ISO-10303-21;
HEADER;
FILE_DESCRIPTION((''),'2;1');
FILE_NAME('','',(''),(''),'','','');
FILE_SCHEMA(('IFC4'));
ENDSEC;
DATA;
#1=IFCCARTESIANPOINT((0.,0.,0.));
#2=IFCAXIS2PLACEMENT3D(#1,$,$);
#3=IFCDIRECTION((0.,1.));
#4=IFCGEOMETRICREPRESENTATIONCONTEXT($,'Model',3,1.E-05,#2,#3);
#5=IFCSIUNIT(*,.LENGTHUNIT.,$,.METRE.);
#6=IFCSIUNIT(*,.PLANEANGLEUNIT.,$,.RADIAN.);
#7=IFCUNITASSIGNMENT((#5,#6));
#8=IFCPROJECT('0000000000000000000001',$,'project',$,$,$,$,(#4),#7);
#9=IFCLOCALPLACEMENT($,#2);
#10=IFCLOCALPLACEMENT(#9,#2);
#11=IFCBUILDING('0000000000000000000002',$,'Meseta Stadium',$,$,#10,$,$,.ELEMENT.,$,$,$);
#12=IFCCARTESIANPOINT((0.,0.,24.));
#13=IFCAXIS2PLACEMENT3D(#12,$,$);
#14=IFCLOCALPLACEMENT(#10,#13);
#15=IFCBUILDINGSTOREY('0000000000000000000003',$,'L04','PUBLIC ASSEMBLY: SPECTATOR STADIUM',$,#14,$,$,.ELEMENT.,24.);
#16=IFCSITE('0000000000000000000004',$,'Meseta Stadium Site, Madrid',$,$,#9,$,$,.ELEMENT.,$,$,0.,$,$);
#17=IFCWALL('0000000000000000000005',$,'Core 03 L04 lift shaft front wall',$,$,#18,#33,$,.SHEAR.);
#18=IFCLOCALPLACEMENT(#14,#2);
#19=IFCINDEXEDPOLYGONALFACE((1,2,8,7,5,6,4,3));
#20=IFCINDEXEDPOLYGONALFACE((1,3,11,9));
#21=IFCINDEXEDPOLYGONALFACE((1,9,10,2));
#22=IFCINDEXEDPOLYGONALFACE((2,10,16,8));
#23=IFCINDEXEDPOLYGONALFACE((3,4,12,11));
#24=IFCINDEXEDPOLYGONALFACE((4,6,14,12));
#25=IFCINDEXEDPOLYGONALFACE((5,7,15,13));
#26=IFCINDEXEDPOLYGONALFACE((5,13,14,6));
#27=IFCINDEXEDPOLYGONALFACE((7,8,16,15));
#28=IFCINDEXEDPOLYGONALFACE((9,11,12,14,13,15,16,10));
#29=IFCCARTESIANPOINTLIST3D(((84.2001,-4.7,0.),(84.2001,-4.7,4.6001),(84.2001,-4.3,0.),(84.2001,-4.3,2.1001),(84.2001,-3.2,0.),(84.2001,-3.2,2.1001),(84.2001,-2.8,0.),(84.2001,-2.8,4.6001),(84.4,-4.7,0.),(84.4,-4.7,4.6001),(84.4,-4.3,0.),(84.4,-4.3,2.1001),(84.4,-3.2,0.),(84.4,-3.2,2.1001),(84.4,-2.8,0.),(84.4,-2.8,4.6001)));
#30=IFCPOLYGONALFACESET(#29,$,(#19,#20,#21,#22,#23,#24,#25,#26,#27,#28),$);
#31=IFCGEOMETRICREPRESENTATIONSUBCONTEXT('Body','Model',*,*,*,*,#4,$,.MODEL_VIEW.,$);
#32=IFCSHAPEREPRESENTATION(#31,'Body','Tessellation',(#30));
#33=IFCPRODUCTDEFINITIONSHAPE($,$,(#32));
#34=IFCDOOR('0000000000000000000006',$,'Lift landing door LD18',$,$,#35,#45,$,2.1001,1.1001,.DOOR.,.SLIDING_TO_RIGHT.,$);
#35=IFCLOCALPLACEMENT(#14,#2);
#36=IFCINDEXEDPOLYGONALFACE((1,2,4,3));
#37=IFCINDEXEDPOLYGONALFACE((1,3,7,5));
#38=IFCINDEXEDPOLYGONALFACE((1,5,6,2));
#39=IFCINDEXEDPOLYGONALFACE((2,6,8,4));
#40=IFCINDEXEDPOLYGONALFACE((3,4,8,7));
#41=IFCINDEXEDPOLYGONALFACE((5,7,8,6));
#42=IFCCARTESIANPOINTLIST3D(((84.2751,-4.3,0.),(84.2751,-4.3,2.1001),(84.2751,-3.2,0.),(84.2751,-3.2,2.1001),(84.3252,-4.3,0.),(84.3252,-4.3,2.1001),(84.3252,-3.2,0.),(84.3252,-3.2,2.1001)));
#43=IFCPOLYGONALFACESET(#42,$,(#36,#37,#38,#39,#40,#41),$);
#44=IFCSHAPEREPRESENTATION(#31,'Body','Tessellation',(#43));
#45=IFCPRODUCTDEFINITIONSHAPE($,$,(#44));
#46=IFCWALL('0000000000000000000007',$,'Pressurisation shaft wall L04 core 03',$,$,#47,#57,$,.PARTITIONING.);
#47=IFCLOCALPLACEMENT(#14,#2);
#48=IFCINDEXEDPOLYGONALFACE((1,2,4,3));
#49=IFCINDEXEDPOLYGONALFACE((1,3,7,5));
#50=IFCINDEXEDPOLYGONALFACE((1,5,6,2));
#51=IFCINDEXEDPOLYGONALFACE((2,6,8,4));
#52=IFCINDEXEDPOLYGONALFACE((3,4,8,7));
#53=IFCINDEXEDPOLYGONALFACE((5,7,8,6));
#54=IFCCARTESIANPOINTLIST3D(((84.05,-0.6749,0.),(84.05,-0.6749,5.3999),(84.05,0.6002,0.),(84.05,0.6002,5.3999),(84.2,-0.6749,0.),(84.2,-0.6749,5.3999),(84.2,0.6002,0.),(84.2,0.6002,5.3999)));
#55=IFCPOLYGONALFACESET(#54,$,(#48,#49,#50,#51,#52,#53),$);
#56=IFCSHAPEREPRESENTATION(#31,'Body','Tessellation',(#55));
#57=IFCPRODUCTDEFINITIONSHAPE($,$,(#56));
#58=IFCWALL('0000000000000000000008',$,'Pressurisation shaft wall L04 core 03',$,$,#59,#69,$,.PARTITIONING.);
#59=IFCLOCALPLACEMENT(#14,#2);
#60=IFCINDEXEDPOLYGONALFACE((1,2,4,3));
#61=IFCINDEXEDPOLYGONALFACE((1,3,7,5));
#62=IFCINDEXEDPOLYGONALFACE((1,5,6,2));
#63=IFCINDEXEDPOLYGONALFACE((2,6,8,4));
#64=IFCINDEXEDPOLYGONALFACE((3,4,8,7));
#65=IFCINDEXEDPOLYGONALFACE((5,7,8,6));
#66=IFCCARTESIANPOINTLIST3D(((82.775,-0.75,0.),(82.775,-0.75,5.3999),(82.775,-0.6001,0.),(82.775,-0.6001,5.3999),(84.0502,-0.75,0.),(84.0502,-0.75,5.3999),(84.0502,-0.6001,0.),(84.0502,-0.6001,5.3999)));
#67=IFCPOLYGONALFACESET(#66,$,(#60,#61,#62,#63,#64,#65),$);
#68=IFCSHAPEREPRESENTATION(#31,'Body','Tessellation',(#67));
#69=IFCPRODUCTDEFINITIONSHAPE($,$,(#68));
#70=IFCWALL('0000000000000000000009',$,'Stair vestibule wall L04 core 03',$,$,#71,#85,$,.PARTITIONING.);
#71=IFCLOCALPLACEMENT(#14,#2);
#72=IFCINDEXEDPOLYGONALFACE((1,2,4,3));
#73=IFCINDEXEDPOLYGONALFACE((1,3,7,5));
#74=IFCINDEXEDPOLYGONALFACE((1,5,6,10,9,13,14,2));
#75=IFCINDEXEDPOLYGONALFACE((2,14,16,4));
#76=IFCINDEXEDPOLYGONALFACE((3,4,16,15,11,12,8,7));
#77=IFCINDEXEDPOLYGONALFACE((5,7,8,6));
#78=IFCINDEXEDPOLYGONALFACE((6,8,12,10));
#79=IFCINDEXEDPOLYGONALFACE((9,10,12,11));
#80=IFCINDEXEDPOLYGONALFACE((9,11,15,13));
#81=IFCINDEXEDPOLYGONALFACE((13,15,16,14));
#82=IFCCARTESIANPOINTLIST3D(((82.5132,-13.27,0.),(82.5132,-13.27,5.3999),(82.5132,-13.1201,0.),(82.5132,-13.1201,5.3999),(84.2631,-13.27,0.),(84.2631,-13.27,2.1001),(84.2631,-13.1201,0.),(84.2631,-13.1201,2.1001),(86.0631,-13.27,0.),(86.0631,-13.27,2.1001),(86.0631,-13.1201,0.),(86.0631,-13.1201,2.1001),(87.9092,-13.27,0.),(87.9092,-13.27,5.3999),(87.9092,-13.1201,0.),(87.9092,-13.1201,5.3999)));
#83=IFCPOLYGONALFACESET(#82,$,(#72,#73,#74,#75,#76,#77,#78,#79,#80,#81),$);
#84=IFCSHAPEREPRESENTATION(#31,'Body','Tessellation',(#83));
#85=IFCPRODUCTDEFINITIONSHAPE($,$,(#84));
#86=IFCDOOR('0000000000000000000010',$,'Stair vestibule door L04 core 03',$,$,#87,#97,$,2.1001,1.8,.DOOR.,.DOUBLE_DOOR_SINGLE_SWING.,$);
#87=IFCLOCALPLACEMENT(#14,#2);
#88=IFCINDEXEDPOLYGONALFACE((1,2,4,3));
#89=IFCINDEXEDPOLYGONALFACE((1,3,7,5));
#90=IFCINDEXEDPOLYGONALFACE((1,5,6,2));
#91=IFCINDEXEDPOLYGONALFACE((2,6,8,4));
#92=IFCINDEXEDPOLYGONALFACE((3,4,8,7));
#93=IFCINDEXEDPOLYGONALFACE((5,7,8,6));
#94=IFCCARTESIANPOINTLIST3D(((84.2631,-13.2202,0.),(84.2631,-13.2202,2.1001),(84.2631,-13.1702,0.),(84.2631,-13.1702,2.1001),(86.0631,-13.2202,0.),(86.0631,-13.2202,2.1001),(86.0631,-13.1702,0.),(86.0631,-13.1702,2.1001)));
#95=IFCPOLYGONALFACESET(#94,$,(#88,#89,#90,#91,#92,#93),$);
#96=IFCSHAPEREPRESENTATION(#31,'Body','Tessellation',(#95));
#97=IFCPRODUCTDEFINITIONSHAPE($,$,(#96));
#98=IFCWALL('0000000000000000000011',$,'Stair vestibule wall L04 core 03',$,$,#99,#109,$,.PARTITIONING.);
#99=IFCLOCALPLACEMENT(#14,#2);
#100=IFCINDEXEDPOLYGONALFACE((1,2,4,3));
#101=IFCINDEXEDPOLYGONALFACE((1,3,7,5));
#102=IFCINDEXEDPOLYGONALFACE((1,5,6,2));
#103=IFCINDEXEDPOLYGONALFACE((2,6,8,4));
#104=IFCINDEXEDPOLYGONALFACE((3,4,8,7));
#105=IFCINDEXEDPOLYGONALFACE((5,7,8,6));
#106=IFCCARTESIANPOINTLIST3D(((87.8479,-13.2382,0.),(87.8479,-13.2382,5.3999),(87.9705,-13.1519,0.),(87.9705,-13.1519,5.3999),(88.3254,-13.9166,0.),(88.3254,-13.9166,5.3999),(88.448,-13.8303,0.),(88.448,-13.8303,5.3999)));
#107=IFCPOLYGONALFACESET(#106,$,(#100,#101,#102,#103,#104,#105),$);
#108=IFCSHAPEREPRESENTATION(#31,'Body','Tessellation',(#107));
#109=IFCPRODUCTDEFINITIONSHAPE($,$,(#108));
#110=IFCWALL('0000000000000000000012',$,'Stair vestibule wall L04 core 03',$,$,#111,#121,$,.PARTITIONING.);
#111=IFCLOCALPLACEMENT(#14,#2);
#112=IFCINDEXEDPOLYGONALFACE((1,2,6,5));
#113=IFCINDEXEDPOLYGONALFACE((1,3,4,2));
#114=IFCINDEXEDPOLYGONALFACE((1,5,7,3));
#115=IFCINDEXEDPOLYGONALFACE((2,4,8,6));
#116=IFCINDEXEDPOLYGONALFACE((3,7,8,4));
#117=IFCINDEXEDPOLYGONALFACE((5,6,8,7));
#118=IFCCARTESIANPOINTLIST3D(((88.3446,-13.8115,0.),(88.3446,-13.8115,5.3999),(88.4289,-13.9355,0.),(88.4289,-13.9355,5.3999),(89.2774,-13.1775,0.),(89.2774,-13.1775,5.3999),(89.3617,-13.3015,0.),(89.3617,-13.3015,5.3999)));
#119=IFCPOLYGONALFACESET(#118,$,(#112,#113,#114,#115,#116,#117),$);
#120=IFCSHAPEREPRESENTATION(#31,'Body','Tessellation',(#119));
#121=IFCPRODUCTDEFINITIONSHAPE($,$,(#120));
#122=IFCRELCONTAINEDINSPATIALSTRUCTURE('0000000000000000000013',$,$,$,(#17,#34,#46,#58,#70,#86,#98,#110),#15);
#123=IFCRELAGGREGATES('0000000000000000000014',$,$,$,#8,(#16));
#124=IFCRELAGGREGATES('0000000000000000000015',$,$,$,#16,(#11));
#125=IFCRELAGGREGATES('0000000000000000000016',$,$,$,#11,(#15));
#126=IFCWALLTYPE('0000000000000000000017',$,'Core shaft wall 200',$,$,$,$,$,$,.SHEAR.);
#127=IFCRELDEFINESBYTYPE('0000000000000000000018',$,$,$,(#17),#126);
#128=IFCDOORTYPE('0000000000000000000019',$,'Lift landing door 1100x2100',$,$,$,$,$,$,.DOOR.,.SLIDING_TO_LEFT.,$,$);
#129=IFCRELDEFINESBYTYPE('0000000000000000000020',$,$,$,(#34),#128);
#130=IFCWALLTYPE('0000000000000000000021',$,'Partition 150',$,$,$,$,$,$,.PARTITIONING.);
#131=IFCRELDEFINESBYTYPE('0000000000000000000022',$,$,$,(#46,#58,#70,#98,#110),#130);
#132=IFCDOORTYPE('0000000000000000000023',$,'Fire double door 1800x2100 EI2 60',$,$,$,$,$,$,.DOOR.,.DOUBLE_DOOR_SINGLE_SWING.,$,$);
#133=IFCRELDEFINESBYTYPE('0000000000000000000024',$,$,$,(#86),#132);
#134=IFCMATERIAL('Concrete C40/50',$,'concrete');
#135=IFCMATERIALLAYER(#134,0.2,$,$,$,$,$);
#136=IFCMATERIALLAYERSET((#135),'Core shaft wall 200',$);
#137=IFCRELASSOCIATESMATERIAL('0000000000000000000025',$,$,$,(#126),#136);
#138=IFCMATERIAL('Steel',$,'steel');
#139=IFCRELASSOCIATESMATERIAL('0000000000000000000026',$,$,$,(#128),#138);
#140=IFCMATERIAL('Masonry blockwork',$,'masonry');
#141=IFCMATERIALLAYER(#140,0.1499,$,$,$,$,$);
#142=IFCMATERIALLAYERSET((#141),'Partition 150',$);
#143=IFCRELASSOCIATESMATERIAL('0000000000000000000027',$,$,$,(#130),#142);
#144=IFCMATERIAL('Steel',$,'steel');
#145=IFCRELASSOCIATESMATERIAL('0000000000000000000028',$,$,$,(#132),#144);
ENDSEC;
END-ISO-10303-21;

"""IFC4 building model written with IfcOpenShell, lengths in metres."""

from ifc_helpers import new_model, si_unit, direction, frame, frame_2d, origin, place, context, subcontext, project, spatial, rectangle, extrude, material, layer, layer_set, type_object, element, fill, save


model = new_model("IFC4")

# Units and contexts
model_context = context("Model", 3, precision=1e-05, world=origin(), true_north=direction((0.0, 1.0)))
body_context = subcontext(model_context, "Body", "Model", "MODEL_VIEW")
ifc_project = project(units=[si_unit("LENGTHUNIT", "METRE"), si_unit("PLANEANGLEUNIT", "RADIAN")], contexts=[model_context])

# Site, building, storey
site_placement = place(None, origin())
site = spatial("IfcSite", under=ifc_project, at=site_placement, Name="Meseta Stadium Site, Madrid", CompositionType="ELEMENT", RefElevation=0.0)
building_placement = place(site_placement, origin())
building = spatial("IfcBuilding", under=site, at=building_placement, Name="Meseta Stadium", CompositionType="ELEMENT")
storey_placement = place(building_placement, frame((0.0, 0.0, 24.0)))
storey = spatial("IfcBuildingStorey", under=building, at=storey_placement, Name="L04", Description="PUBLIC ASSEMBLY: SPECTATOR STADIUM", CompositionType="ELEMENT", Elevation=24.0)

# Shared definitions
ifc_material_1 = material(Name="Concrete C40/50", Category="concrete")
ifc_layer_1 = layer(ifc_material_1, 0.2)
ifc_layer_set_1 = layer_set([ifc_layer_1], Name="Core shaft wall 200")
wall_type_1 = type_object("IfcWallType", Name="Core shaft wall 200", PredefinedType="SHEAR", material=ifc_layer_set_1)

# Wall, opening, door
wall_1_placement = place(storey_placement, frame((84.3, -4.7, 0.0), z_axis=(0.0, 0.0, 1.0), x_axis=(0.0, 1.0, 0.0)))
wall_1 = element("IfcWall", 1, at=wall_1_placement, inside=storey, type_object=wall_type_1, Name="Core 03 L04 lift shaft front wall", PredefinedType="SHEAR", context=body_context, shape_type="SweptSolid", body=[
    extrude(rectangle(XDim=1.8999, YDim=0.2, at=frame_2d((0.95, 0.0))), origin(), (0.0, 0.0, 1.0), 4.6001),
])
opening_1_placement = place(wall_1_placement, frame((0.3999, 0.0, 0.0)))
opening_1 = element("IfcOpeningElement", 2, at=opening_1_placement, cuts=wall_1, PredefinedType="OPENING", context=body_context, shape_type="SweptSolid", body=[
    extrude(rectangle(XDim=1.1001, YDim=2.1001, at=frame_2d((0.55, 1.05))), frame((0.0, 0.1099, 0.0), z_axis=(0.0, -1.0, 0.0), x_axis=(1.0, 0.0, 0.0)), (0.0, 0.0, 1.0), 0.22),
])
ifc_material_2 = material(Name="Steel", Category="steel")
door_type_1 = type_object("IfcDoorType", Name="Lift landing door 1100x2100", OperationType="SLIDING_TO_LEFT", PredefinedType="DOOR", material=ifc_material_2)
door_1_placement = place(opening_1_placement, origin())
door_1 = element("IfcDoor", 3, at=door_1_placement, inside=storey, type_object=door_type_1, Name="Lift landing door LD18", OperationType="SLIDING_TO_RIGHT", OverallHeight=2.1001, OverallWidth=1.1001, PredefinedType="DOOR", context=body_context, shape_type="SweptSolid", body=[
    extrude(rectangle(XDim=1.1001, YDim=2.1001, at=frame_2d((0.55, 1.05))), frame((0.0, 0.0249, 0.0), z_axis=(0.0, -1.0, 0.0), x_axis=(1.0, 0.0, 0.0)), (0.0, 0.0, 1.0), 0.05),
])
fill(opening_1, door_1)

# Walls
ifc_material_3 = material(Name="Masonry blockwork", Category="masonry")
ifc_layer_2 = layer(ifc_material_3, 0.1499)
ifc_layer_set_2 = layer_set([ifc_layer_2], Name="Partition 150")
wall_type_2 = type_object("IfcWallType", Name="Partition 150", PredefinedType="PARTITIONING", material=ifc_layer_set_2)
for number, where, z_axis, x_axis, name in (
    (4, (84.125, -0.675, 0.0), (0.0, 0.0, 1.0), (0.0, 1.0, 0.0), "Pressurisation shaft wall L04 core 03"),
    (5, (82.7749, -0.675, 0.0), (0.0, 0.0, 1.0), (1.0, 0.0, 0.0), "Pressurisation shaft wall L04 core 03"),
):
    element("IfcWall", number, at=place(storey_placement, frame(where, z_axis=z_axis, x_axis=x_axis)), inside=storey, type_object=wall_type_2, Name=name, PredefinedType="PARTITIONING", context=body_context, shape_type="SweptSolid", body=[
        extrude(rectangle(XDim=1.2751, YDim=0.1499, at=frame_2d((0.6377, 0.0))), origin(), (0.0, 0.0, 1.0), 5.3999),
    ])

# Wall, opening, door
wall_2_placement = place(storey_placement, frame((82.5132, -13.1951, 0.0), z_axis=(0.0, 0.0, 1.0), x_axis=(1.0, 0.0, 0.0)))
wall_2 = element("IfcWall", 6, at=wall_2_placement, inside=storey, type_object=wall_type_2, Name="Stair vestibule wall L04 core 03", PredefinedType="PARTITIONING", context=body_context, shape_type="SweptSolid", body=[
    extrude(rectangle(XDim=5.396, YDim=0.1499, at=frame_2d((2.698, 0.0))), origin(), (0.0, 0.0, 1.0), 5.3999),
])
opening_2_placement = place(wall_2_placement, frame((1.75, 0.0, 0.0)))
opening_2 = element("IfcOpeningElement", 7, at=opening_2_placement, cuts=wall_2, PredefinedType="OPENING", context=body_context, shape_type="SweptSolid", body=[
    extrude(rectangle(XDim=1.8, YDim=2.1001, at=frame_2d((0.8999, 1.05))), frame((0.0, 0.085, 0.0), z_axis=(0.0, -1.0, 0.0), x_axis=(1.0, 0.0, 0.0)), (0.0, 0.0, 1.0), 0.1699),
])
ifc_material_4 = material(Name="Steel", Category="steel")
door_type_2 = type_object("IfcDoorType", Name="Fire double door 1800x2100 EI2 60", OperationType="DOUBLE_DOOR_SINGLE_SWING", PredefinedType="DOOR", material=ifc_material_4)
door_2_placement = place(opening_2_placement, origin())
door_2 = element("IfcDoor", 8, at=door_2_placement, inside=storey, type_object=door_type_2, Name="Stair vestibule door L04 core 03", OperationType="DOUBLE_DOOR_SINGLE_SWING", OverallHeight=2.1001, OverallWidth=1.8, PredefinedType="DOOR", context=body_context, shape_type="SweptSolid", body=[
    extrude(rectangle(XDim=1.8, YDim=2.1001, at=frame_2d((0.8999, 1.05))), frame((0.0, 0.0249, 0.0), z_axis=(0.0, -1.0, 0.0), x_axis=(1.0, 0.0, 0.0)), (0.0, 0.0, 1.0), 0.05),
])
fill(opening_2, door_2)

# Walls
wall_3_placement = place(storey_placement, frame((87.9092, -13.1951, 0.0), z_axis=(0.0, 0.0, 1.0), x_axis=(0.575574, -0.81775, 0.0)))
element("IfcWall", 9, at=wall_3_placement, inside=storey, type_object=wall_type_2, Name="Stair vestibule wall L04 core 03", PredefinedType="PARTITIONING", context=body_context, shape_type="SweptSolid", body=[
    extrude(rectangle(XDim=0.8296, YDim=0.1499, at=frame_2d((0.4148, 0.0))), origin(), (0.0, 0.0, 1.0), 5.3999),
])
wall_4_placement = place(storey_placement, frame((88.3867, -13.8735, 0.0), z_axis=(0.0, 0.0, 1.0), x_axis=(0.827055, 0.562121, 0.0)))
element("IfcWall", 10, at=wall_4_placement, inside=storey, type_object=wall_type_2, Name="Stair vestibule wall L04 core 03", PredefinedType="PARTITIONING", context=body_context, shape_type="SweptSolid", body=[
    extrude(rectangle(XDim=1.1279, YDim=0.1499, at=frame_2d((0.564, 0.0))), origin(), (0.0, 0.0, 1.0), 5.3999),
])

save(model, "model.ifc")
